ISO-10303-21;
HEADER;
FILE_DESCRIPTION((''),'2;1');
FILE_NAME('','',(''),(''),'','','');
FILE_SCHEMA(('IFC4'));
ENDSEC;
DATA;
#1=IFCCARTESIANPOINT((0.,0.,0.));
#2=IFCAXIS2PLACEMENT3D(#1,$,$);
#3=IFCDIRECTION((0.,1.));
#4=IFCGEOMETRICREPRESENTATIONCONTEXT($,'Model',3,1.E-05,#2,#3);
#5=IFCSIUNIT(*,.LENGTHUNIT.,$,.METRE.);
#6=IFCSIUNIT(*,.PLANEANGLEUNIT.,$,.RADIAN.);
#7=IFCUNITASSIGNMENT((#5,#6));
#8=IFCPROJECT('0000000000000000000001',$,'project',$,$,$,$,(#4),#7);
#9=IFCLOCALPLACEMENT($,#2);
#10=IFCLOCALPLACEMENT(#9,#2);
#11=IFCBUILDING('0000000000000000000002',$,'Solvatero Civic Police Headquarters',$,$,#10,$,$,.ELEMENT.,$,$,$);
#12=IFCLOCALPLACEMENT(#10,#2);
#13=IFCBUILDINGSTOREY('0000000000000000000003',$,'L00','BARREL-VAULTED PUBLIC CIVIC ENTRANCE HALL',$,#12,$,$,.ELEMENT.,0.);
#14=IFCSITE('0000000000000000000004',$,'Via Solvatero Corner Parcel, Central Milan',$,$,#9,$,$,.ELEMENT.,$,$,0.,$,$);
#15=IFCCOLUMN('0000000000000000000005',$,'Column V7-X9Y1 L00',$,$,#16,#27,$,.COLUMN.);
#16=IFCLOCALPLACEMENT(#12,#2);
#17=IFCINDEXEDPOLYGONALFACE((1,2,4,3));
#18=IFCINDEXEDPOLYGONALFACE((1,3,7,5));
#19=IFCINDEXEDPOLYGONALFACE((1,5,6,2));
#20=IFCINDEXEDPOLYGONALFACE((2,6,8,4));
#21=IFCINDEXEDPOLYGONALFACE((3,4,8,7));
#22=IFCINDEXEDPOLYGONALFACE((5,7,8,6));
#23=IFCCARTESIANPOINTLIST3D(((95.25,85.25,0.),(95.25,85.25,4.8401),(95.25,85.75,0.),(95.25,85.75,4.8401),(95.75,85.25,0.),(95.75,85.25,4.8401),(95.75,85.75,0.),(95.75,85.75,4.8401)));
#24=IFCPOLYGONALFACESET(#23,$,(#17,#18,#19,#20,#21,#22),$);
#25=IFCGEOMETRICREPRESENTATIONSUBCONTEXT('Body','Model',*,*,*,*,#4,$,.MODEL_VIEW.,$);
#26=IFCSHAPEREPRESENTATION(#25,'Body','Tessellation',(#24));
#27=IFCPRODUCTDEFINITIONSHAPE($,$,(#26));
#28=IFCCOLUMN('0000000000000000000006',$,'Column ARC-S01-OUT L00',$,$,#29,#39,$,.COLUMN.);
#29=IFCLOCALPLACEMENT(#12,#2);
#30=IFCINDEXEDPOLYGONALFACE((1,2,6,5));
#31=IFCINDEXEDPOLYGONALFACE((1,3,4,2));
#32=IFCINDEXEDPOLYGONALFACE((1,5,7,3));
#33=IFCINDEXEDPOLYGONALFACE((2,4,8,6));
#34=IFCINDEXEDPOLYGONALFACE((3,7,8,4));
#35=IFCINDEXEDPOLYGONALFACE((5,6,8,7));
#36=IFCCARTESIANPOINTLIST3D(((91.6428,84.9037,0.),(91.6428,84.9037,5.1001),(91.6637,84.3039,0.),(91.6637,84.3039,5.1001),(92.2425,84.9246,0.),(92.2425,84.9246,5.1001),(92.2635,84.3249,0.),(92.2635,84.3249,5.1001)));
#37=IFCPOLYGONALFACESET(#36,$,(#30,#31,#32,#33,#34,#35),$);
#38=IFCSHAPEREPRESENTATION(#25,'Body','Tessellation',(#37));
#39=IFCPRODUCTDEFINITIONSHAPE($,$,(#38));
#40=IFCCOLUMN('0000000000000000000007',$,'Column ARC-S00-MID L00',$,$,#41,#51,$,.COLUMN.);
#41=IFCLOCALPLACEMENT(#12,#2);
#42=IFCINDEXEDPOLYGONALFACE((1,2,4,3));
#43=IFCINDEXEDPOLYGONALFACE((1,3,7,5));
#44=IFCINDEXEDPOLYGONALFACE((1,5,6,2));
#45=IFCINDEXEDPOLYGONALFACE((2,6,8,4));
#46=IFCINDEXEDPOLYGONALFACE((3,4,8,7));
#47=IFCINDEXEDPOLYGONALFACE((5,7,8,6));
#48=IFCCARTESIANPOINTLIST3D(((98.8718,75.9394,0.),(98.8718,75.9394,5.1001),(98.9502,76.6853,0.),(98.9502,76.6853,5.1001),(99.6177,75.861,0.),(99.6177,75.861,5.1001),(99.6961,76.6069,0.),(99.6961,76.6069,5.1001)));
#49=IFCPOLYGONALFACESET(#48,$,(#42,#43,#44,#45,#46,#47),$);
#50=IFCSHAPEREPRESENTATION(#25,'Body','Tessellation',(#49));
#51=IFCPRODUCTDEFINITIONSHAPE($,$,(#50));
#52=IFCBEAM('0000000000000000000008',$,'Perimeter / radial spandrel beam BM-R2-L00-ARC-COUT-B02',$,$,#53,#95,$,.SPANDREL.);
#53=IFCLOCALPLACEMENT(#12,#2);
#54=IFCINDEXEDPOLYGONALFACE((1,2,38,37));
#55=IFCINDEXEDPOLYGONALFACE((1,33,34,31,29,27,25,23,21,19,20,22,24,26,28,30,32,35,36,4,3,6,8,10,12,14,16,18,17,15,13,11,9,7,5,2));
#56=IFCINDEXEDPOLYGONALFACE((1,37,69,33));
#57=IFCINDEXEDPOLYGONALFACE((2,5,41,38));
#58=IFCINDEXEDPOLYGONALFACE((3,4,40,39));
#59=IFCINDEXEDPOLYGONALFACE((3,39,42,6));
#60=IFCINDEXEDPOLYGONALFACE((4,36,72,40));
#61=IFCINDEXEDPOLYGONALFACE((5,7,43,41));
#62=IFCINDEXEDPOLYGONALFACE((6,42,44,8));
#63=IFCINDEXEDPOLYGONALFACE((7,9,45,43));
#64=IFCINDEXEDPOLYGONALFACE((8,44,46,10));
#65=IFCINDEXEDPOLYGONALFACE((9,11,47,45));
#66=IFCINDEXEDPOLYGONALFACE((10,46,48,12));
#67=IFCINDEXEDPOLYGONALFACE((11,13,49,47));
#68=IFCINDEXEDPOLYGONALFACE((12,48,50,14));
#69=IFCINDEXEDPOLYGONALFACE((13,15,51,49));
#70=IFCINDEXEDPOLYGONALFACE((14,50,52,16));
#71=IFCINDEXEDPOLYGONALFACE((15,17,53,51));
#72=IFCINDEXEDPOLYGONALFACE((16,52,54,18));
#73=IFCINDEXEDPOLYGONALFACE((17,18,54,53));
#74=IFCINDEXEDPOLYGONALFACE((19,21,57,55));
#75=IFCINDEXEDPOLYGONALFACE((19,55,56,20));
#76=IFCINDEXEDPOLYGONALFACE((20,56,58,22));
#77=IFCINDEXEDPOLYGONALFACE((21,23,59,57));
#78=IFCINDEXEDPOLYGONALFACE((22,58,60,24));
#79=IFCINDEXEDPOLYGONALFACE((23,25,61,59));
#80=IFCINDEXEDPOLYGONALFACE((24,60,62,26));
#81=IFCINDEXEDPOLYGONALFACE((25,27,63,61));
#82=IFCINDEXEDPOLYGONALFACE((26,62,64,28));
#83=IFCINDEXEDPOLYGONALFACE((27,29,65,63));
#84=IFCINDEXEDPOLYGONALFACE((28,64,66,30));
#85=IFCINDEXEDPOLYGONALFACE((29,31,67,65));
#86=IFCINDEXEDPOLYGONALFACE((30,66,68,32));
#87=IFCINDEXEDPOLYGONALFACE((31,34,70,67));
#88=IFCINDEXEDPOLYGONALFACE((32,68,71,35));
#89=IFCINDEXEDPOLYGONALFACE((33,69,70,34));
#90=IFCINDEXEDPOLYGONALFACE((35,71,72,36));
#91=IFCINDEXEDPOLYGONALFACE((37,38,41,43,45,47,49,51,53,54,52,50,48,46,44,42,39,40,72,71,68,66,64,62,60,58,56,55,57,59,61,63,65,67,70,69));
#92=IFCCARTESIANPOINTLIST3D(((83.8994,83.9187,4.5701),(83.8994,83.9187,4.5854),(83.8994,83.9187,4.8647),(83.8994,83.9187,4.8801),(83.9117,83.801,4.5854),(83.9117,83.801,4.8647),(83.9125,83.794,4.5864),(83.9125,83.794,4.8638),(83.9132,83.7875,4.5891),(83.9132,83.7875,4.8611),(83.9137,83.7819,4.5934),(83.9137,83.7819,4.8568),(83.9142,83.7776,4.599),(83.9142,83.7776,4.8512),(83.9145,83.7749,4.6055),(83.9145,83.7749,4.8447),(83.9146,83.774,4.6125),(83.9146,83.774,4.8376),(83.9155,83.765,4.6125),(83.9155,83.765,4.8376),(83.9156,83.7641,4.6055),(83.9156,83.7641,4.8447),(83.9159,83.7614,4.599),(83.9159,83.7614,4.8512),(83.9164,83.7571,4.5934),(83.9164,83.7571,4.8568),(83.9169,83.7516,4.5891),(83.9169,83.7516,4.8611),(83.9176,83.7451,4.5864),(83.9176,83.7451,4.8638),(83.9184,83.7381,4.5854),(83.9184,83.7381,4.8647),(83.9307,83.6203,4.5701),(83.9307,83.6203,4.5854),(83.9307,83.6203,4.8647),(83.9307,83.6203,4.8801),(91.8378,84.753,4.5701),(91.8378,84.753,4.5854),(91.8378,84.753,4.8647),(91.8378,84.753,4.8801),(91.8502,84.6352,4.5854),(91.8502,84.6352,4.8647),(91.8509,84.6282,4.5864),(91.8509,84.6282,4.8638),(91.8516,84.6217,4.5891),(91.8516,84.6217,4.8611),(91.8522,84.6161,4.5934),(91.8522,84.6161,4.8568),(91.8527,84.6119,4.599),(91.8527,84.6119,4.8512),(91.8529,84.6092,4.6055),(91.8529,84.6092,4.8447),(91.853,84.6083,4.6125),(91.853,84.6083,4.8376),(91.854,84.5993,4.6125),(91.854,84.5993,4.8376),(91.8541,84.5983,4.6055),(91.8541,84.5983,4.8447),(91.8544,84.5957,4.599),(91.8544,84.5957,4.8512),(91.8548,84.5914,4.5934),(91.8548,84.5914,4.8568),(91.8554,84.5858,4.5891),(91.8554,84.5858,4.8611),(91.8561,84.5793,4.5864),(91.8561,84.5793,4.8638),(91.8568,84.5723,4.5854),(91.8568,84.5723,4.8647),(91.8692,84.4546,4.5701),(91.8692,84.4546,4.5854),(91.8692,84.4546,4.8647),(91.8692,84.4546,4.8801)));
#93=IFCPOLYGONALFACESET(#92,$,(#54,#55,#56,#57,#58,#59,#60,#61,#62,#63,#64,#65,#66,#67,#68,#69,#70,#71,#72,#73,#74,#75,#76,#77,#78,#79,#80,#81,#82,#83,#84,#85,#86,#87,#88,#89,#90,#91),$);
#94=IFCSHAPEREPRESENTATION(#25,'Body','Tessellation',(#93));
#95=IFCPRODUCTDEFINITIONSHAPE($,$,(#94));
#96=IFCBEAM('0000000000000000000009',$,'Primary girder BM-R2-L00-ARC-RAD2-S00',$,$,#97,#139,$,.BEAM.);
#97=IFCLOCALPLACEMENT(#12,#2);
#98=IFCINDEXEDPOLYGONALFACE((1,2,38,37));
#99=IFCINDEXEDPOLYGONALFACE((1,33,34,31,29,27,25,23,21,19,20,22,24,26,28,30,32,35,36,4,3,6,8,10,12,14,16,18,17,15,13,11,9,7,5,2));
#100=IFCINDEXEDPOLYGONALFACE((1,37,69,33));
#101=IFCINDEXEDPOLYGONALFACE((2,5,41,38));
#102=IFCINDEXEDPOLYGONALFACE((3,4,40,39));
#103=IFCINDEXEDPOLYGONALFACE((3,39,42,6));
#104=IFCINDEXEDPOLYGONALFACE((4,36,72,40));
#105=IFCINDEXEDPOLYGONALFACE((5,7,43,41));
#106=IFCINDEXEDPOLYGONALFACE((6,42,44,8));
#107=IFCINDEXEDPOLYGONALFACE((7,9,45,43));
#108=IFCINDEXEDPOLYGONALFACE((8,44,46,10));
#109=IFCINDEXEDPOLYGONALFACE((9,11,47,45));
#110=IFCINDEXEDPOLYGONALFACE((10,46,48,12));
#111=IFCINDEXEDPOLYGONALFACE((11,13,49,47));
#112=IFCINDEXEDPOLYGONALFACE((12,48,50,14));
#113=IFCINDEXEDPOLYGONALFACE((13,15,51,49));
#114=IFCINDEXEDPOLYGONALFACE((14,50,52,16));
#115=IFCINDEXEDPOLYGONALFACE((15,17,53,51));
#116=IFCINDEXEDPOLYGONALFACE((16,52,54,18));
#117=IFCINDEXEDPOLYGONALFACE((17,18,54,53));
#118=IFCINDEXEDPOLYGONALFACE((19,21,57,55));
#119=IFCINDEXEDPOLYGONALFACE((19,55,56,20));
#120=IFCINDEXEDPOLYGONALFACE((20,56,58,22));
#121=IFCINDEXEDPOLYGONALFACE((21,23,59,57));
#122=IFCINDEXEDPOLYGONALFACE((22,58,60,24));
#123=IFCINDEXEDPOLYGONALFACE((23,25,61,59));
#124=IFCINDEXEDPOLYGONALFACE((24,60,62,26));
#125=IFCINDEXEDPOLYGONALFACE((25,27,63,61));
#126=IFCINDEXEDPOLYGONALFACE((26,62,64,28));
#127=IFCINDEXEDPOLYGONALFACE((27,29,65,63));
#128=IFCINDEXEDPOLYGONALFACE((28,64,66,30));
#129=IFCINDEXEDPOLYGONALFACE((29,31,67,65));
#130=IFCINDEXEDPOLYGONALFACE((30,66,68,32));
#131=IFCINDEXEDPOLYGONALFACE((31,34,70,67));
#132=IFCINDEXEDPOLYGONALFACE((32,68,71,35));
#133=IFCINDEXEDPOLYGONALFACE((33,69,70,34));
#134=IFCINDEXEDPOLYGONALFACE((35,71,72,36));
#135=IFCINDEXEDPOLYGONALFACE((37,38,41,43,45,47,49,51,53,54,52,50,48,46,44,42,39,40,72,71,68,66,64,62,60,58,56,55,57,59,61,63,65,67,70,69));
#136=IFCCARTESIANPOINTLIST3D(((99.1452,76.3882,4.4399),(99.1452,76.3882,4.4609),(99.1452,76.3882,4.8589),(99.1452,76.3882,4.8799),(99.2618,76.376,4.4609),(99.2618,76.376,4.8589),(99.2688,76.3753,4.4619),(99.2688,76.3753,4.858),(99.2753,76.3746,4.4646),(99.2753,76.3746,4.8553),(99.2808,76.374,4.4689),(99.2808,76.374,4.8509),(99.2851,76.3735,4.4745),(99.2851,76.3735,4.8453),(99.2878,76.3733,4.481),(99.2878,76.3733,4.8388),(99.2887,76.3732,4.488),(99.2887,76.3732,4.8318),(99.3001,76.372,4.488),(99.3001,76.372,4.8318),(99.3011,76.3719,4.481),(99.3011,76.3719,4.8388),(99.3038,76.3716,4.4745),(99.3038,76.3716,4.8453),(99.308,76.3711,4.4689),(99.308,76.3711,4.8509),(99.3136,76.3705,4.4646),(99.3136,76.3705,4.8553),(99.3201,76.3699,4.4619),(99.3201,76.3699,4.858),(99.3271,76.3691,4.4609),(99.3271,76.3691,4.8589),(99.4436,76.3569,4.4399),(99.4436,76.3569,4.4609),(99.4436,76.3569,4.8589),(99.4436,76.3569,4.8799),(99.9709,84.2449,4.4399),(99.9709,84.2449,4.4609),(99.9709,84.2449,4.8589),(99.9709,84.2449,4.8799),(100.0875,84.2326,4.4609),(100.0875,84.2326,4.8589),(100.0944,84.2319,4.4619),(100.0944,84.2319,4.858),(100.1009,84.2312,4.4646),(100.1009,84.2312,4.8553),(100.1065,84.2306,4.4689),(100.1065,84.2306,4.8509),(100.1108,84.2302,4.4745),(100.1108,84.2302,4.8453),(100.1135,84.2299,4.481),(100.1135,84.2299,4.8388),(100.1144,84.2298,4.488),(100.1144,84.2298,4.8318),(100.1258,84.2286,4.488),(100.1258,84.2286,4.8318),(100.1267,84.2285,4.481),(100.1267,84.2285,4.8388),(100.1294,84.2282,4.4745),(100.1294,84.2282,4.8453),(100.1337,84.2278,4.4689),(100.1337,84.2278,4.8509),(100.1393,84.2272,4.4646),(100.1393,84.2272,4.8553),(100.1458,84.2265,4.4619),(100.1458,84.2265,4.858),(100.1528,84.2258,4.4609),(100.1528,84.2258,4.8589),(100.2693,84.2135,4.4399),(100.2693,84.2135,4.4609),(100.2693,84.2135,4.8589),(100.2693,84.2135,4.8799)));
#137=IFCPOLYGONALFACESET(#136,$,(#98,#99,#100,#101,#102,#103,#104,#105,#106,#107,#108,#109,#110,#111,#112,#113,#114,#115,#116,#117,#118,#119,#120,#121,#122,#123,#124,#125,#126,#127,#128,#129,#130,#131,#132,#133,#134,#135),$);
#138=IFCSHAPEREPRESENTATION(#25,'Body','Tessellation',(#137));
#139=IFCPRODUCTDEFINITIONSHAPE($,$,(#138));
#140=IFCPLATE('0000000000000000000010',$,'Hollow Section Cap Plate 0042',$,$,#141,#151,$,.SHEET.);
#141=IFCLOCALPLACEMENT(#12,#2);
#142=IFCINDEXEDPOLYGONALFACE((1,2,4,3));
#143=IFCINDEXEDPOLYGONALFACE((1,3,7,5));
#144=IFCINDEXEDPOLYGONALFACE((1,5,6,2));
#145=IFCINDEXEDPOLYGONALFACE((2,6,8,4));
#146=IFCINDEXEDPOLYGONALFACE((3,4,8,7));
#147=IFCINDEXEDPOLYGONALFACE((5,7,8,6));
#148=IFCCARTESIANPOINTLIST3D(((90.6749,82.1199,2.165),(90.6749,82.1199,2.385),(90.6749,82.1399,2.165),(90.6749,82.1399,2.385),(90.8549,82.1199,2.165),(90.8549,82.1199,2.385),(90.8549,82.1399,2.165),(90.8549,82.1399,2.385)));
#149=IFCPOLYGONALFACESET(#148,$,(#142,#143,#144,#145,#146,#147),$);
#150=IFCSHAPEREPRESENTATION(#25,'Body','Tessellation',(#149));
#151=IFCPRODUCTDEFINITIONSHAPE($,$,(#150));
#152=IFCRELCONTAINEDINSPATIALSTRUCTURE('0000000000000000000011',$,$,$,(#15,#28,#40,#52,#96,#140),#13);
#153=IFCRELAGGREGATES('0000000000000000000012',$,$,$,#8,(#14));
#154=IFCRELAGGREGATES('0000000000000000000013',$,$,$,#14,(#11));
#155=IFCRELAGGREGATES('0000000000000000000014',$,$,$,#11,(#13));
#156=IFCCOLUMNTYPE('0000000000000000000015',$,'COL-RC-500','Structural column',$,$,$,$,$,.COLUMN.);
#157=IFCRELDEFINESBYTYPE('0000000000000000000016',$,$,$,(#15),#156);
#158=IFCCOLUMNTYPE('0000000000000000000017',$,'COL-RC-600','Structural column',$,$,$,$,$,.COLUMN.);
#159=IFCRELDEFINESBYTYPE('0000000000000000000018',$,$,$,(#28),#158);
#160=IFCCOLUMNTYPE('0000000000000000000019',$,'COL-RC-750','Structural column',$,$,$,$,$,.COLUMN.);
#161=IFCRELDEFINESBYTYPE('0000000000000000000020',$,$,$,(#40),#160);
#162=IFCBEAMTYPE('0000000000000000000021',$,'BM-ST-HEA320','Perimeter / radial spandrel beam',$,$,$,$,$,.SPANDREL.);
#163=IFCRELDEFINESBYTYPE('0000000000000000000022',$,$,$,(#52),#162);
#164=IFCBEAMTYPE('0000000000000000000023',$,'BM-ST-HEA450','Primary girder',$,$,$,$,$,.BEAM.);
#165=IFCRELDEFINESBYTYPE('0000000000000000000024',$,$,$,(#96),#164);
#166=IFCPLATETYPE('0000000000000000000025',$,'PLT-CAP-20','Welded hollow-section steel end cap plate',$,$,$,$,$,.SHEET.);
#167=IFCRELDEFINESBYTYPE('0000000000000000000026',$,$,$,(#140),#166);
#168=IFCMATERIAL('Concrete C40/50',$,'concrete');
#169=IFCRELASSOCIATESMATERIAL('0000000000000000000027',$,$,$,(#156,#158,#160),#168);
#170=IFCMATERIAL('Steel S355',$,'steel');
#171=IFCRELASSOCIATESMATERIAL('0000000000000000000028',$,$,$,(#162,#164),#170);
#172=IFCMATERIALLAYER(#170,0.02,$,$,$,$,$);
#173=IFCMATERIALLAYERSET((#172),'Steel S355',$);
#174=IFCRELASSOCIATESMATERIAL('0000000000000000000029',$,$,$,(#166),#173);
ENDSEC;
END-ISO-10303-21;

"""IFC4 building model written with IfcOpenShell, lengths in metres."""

from ifc_helpers import new_model, si_unit, direction, frame, origin, origin_2d, place, context, subcontext, project, spatial, rectangle, i_section, extrude, material, layer, layer_set, material_profile, profile_set, type_object, element, save


model = new_model("IFC4")

# Units and contexts
model_context = context("Model", 3, precision=1e-05, world=origin(), true_north=direction((0.0, 1.0)))
body_context = subcontext(model_context, "Body", "Model", "MODEL_VIEW")
ifc_project = project(units=[si_unit("LENGTHUNIT", "METRE"), si_unit("PLANEANGLEUNIT", "RADIAN")], contexts=[model_context])

# Site, building, storey
site_placement = place(None, origin())
site = spatial("IfcSite", under=ifc_project, at=site_placement, Name="Via Solvatero Corner Parcel, Central Milan", CompositionType="ELEMENT", RefElevation=0.0)
building_placement = place(site_placement, origin())
building = spatial("IfcBuilding", under=site, at=building_placement, Name="Solvatero Civic Police Headquarters", CompositionType="ELEMENT")
storey_placement = place(building_placement, origin())
storey = spatial("IfcBuildingStorey", under=building, at=storey_placement, Name="L00", Description="BARREL-VAULTED PUBLIC CIVIC ENTRANCE HALL", CompositionType="ELEMENT", Elevation=0.0)

# Columns
ifc_material_1 = material(Name="Concrete C40/50", Category="concrete")
ifc_material_profile_1 = material_profile(ifc_material_1, rectangle(XDim=0.5, YDim=0.5, at=origin_2d()), Name="RC 500x500")
ifc_profile_set_1 = profile_set([ifc_material_profile_1], Name="Concrete C40/50")
column_type_1 = type_object("IfcColumnType", Name="COL-RC-500", Description="Structural column", PredefinedType="COLUMN", material=ifc_profile_set_1)
column_1_placement = place(storey_placement, frame((95.5, 85.5, 0.0), z_axis=(0.0, 0.0, 1.0), x_axis=(1.0, 0.0, 0.0)))
element("IfcColumn", 1, at=column_1_placement, inside=storey, type_object=column_type_1, Name="Column V7-X9Y1 L00", PredefinedType="COLUMN", context=body_context, shape_type="SweptSolid", body=[
    extrude(rectangle(XDim=0.5, YDim=0.5, at=origin_2d()), origin(), (0.0, 0.0, 1.0), 4.8401),
])
ifc_material_profile_2 = material_profile(ifc_material_1, rectangle(XDim=0.6001, YDim=0.6001, at=origin_2d()), Name="RC 600x600")
ifc_profile_set_2 = profile_set([ifc_material_profile_2], Name="Concrete C40/50")
column_type_2 = type_object("IfcColumnType", Name="COL-RC-600", Description="Structural column", PredefinedType="COLUMN", material=ifc_profile_set_2)
column_2_placement = place(storey_placement, frame((91.9531, 84.6143, 0.0), z_axis=(0.0, 0.0, 1.0), x_axis=(0.999391, 0.034899, 0.0)))
element("IfcColumn", 2, at=column_2_placement, inside=storey, type_object=column_type_2, Name="Column ARC-S01-OUT L00", PredefinedType="COLUMN", context=body_context, shape_type="SweptSolid", body=[
    extrude(rectangle(XDim=0.6001, YDim=0.6001, at=origin_2d()), origin(), (0.0, 0.0, 1.0), 5.1001),
])
ifc_material_profile_3 = material_profile(ifc_material_1, rectangle(XDim=0.75, YDim=0.75, at=origin_2d()), Name="RC 750x750")
ifc_profile_set_3 = profile_set([ifc_material_profile_3], Name="Concrete C40/50")
column_type_3 = type_object("IfcColumnType", Name="COL-RC-750", Description="Structural column", PredefinedType="COLUMN", material=ifc_profile_set_3)
column_3_placement = place(storey_placement, frame((99.2839, 76.2732, 0.0), z_axis=(0.0, 0.0, 1.0), x_axis=(0.994522, -0.104528, 0.0)))
element("IfcColumn", 3, at=column_3_placement, inside=storey, type_object=column_type_3, Name="Column ARC-S00-MID L00", PredefinedType="COLUMN", context=body_context, shape_type="SweptSolid", body=[
    extrude(rectangle(XDim=0.75, YDim=0.75, at=origin_2d()), origin(), (0.0, 0.0, 1.0), 5.1001),
])

# Beams
ifc_material_2 = material(Name="Steel S355", Category="steel")
ifc_material_profile_4 = material_profile(ifc_material_2, i_section(OverallWidth=0.3, OverallDepth=0.3101, WebThickness=0.009, FlangeThickness=0.0154, FilletRadius=0.0271, at=origin_2d()), Name="HEA 320")
ifc_profile_set_4 = profile_set([ifc_material_profile_4], Name="Steel S355")
beam_type_1 = type_object("IfcBeamType", Name="BM-ST-HEA320", Description="Perimeter / radial spandrel beam", PredefinedType="SPANDREL", material=ifc_profile_set_4)
beam_1_placement = place(storey_placement, frame((91.8535, 84.6038, 4.7251), z_axis=(-0.994524, -0.104511, 0.0), x_axis=(0.104511, -0.994524, 0.0)))
element("IfcBeam", 4, at=beam_1_placement, inside=storey, type_object=beam_type_1, Name="Perimeter / radial spandrel beam BM-R2-L00-ARC-COUT-B02", PredefinedType="SPANDREL", context=body_context, shape_type="SweptSolid", body=[
    extrude(i_section(OverallWidth=0.3, OverallDepth=0.3101, WebThickness=0.009, FlangeThickness=0.0154, FilletRadius=0.0271, at=origin_2d()), origin(), (0.0, 0.0, 1.0), 7.9822),
])
ifc_material_profile_5 = material_profile(ifc_material_2, i_section(OverallWidth=0.3, OverallDepth=0.4399, WebThickness=0.0115, FlangeThickness=0.021, FilletRadius=0.0271, at=origin_2d()), Name="HEA 450")
ifc_profile_set_5 = profile_set([ifc_material_profile_5], Name="Steel S355")
beam_type_2 = type_object("IfcBeamType", Name="BM-ST-HEA450", Description="Primary girder", PredefinedType="BEAM", material=ifc_profile_set_5)
beam_2_placement = place(storey_placement, frame((99.2944, 76.3726, 4.6599), z_axis=(0.104517, 0.994523, 0.0), x_axis=(-0.994523, 0.104517, 0.0)))
element("IfcBeam", 5, at=beam_2_placement, inside=storey, type_object=beam_type_2, Name="Primary girder BM-R2-L00-ARC-RAD2-S00", PredefinedType="BEAM", context=body_context, shape_type="SweptSolid", body=[
    extrude(i_section(OverallWidth=0.3, OverallDepth=0.4399, WebThickness=0.0115, FlangeThickness=0.021, FilletRadius=0.0271, at=origin_2d()), origin(), (0.0, 0.0, 1.0), 7.8999),
])

# Plate
ifc_layer_1 = layer(ifc_material_2, 0.02)
ifc_layer_set_1 = layer_set([ifc_layer_1], Name="Steel S355")
plate_type = type_object("IfcPlateType", Name="PLT-CAP-20", Description="Welded hollow-section steel end cap plate", PredefinedType="SHEET", material=ifc_layer_set_1)
plate_placement = place(storey_placement, frame((90.7649, 82.1299, 2.165), z_axis=(0.0, 0.0, 1.0), x_axis=(1.0, 0.0, 0.0)))
element("IfcPlate", 6, at=plate_placement, inside=storey, type_object=plate_type, Name="Hollow Section Cap Plate 0042", PredefinedType="SHEET", context=body_context, shape_type="SweptSolid", body=[
    extrude(rectangle(XDim=0.1799, YDim=0.02, at=origin_2d()), origin(), (0.0, 0.0, 1.0), 0.22),
])

save(model, "model.ifc")
